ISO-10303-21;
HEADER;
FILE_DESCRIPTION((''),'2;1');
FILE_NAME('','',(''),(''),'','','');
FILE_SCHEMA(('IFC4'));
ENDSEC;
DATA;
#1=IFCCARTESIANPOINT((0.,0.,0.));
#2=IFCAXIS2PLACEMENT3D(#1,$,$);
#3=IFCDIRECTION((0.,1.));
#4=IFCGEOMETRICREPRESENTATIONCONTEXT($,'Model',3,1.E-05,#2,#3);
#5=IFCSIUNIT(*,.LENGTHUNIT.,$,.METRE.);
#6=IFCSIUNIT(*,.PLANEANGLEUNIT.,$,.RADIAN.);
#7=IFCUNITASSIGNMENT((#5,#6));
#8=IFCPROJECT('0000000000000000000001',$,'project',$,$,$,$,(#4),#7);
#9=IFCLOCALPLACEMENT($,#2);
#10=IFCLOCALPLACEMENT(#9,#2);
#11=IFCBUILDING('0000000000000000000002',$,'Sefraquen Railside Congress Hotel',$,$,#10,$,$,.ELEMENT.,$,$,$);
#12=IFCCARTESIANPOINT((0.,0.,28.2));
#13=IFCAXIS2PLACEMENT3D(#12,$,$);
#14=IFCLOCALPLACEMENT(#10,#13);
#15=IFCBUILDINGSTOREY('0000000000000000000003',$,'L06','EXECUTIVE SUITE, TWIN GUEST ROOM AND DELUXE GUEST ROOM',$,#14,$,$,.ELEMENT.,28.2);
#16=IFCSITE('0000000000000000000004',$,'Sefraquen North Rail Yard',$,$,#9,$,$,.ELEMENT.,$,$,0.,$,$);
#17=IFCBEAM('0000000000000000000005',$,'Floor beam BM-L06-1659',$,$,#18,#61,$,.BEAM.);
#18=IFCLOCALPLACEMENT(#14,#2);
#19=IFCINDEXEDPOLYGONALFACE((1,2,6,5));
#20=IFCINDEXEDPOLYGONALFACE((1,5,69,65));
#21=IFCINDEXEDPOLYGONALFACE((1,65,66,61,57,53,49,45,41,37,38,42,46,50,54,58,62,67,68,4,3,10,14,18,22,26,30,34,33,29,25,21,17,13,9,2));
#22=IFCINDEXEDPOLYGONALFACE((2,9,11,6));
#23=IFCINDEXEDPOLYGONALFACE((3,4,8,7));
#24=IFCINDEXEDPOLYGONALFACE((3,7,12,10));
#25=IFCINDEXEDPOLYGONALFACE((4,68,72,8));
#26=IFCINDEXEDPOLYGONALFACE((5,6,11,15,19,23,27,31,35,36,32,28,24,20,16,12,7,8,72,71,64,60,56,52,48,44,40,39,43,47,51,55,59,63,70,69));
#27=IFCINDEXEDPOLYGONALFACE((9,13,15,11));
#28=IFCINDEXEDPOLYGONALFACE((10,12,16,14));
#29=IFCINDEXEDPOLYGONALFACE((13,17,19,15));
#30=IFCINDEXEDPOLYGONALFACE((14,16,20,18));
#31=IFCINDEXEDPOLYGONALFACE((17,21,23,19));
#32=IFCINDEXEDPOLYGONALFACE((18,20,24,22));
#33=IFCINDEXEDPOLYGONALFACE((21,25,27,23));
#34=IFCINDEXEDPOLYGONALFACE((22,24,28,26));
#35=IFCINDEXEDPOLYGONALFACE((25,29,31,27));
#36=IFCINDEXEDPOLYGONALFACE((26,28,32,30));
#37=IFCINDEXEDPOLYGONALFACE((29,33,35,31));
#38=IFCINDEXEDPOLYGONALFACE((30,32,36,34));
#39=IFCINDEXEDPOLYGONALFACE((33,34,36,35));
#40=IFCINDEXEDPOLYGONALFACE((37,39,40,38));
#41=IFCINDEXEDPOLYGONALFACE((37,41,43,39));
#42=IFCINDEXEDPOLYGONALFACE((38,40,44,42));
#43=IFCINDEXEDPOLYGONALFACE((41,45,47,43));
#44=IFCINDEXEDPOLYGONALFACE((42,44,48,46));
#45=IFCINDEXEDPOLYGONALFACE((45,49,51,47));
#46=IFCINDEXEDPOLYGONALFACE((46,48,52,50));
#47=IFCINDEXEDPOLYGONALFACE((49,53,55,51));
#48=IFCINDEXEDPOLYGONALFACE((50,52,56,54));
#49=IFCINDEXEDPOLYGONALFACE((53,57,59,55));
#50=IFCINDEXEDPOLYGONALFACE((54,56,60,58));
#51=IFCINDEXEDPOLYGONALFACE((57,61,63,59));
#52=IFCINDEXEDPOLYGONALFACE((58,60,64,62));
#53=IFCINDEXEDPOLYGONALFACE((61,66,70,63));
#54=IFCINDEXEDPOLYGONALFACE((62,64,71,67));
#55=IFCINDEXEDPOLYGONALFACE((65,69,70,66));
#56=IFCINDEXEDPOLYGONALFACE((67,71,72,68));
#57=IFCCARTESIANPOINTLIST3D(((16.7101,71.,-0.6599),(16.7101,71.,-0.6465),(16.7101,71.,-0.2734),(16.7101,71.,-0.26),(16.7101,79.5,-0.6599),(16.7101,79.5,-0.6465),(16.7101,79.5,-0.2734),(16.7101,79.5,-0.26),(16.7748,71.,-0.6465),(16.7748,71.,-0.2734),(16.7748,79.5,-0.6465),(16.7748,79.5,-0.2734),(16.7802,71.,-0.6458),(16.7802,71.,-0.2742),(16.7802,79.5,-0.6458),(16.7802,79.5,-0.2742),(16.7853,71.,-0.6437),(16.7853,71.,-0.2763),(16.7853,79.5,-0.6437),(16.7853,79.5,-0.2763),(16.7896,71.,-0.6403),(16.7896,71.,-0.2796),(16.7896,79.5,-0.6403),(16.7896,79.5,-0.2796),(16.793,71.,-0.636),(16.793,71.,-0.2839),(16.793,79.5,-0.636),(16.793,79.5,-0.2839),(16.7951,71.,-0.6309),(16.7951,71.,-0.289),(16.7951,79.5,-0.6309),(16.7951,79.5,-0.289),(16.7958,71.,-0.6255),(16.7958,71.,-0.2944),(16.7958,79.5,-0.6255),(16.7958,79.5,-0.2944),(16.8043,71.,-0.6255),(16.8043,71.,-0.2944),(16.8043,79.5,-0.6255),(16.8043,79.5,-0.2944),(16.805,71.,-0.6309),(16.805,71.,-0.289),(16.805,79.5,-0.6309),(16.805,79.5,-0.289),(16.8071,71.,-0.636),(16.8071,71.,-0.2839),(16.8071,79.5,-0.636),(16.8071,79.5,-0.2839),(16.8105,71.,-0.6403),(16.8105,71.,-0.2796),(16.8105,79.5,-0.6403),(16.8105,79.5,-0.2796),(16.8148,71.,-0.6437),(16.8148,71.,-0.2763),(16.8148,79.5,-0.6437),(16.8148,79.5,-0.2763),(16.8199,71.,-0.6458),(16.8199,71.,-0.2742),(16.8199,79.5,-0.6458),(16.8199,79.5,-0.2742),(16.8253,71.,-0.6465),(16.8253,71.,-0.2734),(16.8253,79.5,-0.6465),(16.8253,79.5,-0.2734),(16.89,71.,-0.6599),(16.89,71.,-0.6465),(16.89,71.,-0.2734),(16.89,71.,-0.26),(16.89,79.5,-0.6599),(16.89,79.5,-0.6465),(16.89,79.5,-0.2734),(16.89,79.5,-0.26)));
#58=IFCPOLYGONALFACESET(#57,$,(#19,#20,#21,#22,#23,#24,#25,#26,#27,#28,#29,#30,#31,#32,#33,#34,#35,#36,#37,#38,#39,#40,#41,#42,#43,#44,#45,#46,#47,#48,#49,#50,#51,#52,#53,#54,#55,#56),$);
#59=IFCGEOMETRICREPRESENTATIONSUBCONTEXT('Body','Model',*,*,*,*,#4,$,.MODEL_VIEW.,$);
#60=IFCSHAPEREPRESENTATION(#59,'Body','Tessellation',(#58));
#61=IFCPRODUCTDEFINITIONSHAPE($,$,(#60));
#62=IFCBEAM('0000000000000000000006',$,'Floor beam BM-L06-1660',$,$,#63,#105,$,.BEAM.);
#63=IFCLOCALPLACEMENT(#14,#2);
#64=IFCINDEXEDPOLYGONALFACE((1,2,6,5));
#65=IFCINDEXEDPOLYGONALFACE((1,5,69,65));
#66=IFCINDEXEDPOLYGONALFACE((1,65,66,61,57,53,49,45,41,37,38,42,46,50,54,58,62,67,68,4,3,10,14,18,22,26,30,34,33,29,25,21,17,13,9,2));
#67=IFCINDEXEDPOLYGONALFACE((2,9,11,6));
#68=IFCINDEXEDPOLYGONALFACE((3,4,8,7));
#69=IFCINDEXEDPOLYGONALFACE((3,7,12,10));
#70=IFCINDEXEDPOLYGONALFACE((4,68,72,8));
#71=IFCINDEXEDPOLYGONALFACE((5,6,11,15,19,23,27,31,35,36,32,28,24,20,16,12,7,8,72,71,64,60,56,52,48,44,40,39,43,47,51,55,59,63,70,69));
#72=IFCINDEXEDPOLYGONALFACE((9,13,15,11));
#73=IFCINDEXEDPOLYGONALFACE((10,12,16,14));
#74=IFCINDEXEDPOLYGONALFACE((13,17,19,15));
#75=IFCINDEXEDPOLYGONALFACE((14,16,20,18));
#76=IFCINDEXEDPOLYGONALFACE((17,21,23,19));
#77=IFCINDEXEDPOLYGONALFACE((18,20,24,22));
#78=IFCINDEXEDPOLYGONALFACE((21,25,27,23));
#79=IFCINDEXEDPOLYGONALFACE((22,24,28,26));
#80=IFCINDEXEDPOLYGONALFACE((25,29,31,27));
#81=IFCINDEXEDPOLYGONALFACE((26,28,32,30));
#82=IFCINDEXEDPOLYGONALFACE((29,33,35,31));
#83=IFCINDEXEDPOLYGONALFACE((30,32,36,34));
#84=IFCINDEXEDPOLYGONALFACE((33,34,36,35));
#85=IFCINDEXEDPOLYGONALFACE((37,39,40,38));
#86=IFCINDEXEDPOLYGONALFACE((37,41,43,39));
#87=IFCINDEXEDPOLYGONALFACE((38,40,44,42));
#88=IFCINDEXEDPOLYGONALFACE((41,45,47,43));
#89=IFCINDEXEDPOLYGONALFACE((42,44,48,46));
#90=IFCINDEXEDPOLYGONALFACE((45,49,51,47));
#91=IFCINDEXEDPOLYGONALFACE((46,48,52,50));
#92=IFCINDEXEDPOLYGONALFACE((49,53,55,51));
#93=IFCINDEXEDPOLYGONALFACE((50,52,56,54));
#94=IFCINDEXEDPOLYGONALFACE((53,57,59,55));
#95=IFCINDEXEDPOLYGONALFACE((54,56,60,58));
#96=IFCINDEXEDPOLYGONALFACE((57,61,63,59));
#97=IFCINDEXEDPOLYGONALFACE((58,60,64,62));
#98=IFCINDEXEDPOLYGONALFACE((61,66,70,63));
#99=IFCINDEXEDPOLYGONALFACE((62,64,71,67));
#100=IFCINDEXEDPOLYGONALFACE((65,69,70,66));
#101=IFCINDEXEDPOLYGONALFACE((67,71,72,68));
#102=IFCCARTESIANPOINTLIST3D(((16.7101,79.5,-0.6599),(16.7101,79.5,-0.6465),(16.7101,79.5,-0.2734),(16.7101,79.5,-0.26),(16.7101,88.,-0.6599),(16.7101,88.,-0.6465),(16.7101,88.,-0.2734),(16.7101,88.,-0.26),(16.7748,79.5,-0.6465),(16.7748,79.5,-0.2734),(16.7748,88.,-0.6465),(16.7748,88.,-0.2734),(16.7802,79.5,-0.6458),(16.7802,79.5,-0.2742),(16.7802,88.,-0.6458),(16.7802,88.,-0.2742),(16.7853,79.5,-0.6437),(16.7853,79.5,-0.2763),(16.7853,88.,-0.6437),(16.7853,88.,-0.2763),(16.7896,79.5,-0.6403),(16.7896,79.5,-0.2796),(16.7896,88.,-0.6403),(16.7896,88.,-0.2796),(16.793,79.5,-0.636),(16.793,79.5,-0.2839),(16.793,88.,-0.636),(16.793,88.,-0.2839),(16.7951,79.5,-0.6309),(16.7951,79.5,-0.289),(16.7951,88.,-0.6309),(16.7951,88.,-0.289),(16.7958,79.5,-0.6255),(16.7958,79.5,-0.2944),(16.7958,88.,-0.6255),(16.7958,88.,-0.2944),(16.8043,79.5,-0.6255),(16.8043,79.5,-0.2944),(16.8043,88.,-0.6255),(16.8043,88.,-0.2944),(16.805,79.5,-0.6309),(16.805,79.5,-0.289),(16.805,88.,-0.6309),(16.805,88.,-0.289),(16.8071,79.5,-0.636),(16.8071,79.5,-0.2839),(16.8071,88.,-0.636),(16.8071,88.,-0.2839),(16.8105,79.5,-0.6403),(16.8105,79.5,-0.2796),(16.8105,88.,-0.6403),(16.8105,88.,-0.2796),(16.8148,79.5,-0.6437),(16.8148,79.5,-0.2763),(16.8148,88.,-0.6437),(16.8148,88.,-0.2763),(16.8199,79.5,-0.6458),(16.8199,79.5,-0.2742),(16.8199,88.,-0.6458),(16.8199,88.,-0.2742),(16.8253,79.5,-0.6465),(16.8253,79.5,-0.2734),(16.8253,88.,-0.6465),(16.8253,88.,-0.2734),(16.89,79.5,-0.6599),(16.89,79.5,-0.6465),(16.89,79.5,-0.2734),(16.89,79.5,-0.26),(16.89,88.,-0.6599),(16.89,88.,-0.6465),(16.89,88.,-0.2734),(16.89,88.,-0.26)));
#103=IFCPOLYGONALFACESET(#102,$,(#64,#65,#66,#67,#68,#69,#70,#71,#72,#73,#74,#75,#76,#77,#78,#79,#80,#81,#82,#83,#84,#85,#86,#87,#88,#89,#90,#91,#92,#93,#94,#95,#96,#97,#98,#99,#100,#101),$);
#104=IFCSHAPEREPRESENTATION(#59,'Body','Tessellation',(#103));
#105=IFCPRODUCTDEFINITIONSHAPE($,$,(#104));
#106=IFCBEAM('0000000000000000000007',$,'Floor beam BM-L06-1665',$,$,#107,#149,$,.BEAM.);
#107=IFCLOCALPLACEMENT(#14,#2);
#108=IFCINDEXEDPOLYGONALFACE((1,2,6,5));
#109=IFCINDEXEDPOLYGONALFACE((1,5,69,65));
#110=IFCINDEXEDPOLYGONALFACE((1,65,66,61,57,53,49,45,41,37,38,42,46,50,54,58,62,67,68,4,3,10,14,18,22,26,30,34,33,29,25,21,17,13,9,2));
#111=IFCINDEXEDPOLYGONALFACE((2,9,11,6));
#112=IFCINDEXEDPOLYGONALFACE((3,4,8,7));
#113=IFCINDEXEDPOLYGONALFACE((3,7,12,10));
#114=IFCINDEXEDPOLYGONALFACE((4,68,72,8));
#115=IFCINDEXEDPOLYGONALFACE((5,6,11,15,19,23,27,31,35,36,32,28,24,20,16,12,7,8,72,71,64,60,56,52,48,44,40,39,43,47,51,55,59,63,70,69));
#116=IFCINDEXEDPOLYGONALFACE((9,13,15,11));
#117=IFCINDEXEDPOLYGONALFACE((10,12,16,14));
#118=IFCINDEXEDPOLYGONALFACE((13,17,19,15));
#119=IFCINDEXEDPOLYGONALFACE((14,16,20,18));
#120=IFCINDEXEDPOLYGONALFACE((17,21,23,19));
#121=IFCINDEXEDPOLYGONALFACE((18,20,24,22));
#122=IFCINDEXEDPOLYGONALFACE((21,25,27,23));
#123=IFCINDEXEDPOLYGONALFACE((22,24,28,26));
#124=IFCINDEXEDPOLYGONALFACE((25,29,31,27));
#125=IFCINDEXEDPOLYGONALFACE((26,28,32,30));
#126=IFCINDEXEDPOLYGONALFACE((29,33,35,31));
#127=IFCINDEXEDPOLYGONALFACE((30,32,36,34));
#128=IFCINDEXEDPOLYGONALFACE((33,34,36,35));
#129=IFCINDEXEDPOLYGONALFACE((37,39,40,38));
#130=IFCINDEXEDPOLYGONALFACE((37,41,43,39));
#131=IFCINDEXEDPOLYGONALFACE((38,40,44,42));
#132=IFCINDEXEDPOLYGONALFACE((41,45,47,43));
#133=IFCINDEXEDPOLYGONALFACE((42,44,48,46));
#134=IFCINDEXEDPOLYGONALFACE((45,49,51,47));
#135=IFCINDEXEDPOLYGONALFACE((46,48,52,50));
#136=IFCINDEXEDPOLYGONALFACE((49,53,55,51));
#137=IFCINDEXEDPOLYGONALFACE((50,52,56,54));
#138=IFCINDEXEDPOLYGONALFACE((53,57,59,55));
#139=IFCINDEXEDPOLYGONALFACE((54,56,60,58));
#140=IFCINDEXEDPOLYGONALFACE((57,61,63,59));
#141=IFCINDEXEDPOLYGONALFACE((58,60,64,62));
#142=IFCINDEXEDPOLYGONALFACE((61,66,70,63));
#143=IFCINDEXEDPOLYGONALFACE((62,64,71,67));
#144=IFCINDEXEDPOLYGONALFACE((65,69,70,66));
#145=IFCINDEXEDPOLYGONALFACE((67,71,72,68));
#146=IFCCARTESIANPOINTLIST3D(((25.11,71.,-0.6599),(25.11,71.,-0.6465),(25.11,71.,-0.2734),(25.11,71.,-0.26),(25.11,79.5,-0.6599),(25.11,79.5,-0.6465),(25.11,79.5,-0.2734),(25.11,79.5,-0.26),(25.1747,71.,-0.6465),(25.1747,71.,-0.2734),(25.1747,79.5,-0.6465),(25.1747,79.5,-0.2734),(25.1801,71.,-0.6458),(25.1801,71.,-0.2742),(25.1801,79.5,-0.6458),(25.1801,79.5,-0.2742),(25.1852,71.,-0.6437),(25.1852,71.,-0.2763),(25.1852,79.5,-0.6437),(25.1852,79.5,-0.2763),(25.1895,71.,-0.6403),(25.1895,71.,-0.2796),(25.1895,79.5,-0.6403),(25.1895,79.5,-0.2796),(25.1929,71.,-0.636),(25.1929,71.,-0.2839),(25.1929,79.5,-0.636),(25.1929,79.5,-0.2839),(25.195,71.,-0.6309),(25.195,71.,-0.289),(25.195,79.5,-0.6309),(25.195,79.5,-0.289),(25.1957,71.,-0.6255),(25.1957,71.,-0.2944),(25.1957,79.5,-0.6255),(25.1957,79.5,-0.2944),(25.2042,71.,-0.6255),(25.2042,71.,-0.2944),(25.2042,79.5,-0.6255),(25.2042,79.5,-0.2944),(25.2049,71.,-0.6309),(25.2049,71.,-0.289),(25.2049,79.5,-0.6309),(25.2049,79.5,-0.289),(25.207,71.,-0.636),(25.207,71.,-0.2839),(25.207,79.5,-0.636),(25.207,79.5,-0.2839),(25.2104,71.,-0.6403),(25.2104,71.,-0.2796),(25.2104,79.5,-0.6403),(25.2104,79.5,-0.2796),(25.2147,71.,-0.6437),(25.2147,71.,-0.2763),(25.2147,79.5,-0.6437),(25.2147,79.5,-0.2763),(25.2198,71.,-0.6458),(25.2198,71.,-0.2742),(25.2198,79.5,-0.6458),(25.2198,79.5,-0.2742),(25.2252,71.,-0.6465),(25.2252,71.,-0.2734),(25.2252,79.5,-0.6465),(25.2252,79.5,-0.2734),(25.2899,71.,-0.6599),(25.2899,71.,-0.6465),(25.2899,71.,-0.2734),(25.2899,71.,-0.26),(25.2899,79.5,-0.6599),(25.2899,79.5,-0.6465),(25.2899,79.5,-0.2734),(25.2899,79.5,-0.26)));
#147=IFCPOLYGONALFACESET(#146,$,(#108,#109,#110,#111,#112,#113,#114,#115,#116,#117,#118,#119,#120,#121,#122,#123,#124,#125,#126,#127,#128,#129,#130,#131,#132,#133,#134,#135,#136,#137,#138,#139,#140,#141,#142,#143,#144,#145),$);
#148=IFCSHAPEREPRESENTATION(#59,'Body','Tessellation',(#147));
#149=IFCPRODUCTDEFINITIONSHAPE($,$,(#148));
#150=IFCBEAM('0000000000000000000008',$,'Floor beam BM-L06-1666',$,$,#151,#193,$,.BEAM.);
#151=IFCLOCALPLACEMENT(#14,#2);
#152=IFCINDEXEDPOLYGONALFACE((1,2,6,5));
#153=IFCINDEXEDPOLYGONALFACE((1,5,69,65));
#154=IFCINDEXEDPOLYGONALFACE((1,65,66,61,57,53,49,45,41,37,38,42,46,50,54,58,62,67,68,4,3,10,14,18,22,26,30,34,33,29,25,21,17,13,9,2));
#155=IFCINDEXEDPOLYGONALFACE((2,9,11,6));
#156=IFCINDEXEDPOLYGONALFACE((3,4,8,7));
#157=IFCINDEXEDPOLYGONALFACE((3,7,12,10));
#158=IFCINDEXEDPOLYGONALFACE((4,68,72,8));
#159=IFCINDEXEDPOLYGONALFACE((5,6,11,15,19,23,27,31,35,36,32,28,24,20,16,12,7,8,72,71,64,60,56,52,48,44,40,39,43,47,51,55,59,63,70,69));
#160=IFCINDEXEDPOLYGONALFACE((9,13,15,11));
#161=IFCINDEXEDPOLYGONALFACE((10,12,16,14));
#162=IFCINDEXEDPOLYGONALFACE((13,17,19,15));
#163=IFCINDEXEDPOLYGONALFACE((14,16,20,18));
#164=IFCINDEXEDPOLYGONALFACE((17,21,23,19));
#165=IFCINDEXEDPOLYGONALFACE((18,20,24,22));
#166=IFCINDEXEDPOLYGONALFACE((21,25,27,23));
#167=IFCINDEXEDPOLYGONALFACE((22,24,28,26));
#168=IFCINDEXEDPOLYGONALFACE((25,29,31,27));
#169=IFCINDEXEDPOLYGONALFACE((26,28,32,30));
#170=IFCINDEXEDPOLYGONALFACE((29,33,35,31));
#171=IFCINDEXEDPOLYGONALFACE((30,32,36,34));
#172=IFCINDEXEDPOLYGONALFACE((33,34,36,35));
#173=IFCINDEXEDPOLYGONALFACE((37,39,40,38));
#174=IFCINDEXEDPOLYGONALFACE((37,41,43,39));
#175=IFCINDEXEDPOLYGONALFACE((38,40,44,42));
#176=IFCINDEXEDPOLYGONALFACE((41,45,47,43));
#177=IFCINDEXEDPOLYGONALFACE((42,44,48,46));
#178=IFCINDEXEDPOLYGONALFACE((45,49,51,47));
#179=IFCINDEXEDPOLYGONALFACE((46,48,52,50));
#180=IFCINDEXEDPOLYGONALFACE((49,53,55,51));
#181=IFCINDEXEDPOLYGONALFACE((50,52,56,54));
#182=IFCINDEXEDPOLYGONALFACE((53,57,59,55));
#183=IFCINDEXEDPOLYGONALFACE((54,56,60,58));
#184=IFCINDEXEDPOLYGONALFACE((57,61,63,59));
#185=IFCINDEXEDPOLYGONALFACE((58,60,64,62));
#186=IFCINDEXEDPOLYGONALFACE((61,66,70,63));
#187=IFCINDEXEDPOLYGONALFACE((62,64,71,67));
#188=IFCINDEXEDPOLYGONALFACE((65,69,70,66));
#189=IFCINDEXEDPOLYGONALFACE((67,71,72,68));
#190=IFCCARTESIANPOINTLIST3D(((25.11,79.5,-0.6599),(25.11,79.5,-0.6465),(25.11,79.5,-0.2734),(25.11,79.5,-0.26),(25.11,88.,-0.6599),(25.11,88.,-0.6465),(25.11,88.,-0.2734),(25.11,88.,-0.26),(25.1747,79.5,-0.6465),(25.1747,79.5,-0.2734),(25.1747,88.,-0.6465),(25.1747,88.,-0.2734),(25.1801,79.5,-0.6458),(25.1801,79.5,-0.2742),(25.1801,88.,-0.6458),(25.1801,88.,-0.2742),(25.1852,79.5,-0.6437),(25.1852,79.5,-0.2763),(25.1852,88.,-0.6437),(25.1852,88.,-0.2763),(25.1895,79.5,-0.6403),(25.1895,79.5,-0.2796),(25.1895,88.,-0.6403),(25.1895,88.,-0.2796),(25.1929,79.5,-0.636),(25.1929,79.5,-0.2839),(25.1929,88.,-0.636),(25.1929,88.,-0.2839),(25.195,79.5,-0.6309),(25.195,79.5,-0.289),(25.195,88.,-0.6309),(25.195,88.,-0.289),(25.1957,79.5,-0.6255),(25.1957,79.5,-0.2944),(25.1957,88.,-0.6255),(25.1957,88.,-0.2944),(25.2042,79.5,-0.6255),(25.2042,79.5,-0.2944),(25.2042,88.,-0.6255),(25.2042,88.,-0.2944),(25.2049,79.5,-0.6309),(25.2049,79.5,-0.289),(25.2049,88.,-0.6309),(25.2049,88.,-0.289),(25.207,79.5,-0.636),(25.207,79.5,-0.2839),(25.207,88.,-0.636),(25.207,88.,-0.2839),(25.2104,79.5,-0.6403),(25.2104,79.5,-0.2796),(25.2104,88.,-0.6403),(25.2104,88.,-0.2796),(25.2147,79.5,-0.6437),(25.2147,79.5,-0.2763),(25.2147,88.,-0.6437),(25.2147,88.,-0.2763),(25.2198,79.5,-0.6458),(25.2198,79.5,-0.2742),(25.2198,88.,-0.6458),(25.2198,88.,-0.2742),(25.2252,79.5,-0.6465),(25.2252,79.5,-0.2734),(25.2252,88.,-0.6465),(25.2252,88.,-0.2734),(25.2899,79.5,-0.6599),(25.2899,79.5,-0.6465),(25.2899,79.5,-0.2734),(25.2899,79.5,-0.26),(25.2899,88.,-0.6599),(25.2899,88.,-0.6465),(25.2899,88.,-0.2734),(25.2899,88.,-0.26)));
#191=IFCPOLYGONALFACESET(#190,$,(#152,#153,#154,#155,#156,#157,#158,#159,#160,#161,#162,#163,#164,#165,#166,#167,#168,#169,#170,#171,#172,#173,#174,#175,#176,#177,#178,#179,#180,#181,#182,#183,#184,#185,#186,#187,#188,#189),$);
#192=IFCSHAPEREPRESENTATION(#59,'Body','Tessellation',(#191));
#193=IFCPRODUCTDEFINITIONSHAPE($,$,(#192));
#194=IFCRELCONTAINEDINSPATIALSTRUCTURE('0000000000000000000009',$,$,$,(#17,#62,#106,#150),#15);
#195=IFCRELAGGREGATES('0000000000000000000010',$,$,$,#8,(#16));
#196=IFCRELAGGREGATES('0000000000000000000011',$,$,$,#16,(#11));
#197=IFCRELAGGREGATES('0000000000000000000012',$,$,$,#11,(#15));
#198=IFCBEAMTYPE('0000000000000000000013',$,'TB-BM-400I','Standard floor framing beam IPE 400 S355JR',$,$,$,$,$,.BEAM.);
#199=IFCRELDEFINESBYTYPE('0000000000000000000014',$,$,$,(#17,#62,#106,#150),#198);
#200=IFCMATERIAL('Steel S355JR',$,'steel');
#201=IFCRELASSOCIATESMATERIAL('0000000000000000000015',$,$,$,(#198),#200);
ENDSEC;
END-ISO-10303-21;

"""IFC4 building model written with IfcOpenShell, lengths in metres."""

from ifc_helpers import new_model, si_unit, direction, frame, origin, origin_2d, place, context, subcontext, project, spatial, i_section, extrude, material, material_profile, profile_set, type_object, element, save


model = new_model("IFC4")

# Units and contexts
model_context = context("Model", 3, precision=1e-05, world=origin(), true_north=direction((0.0, 1.0)))
body_context = subcontext(model_context, "Body", "Model", "MODEL_VIEW")
ifc_project = project(units=[si_unit("LENGTHUNIT", "METRE"), si_unit("PLANEANGLEUNIT", "RADIAN")], contexts=[model_context])

# Site, building, storey
site_placement = place(None, origin())
site = spatial("IfcSite", under=ifc_project, at=site_placement, Name="Sefraquen North Rail Yard", CompositionType="ELEMENT", RefElevation=0.0)
building_placement = place(site_placement, origin())
building = spatial("IfcBuilding", under=site, at=building_placement, Name="Sefraquen Railside Congress Hotel", CompositionType="ELEMENT")
storey_placement = place(building_placement, frame((0.0, 0.0, 28.2)))
storey = spatial("IfcBuildingStorey", under=building, at=storey_placement, Name="L06", Description="EXECUTIVE SUITE, TWIN GUEST ROOM AND DELUXE GUEST ROOM", CompositionType="ELEMENT", Elevation=28.2)

# Shared definitions
ifc_material_1 = material(Name="Steel S355JR", Category="steel")

# Beams
ifc_material_profile_1 = material_profile(ifc_material_1, i_section(OverallWidth=0.1799, OverallDepth=0.3999, WebThickness=0.0085, FlangeThickness=0.0134, FilletRadius=0.021, at=origin_2d()), Name="IPE 400")
ifc_profile_set_1 = profile_set([ifc_material_profile_1], Name="Steel S355JR")
beam_type_1 = type_object("IfcBeamType", Name="TB-BM-400I", Description="Standard floor framing beam IPE 400 S355JR", PredefinedType="BEAM", material=ifc_profile_set_1)
for number, where, z_axis, x_axis, name in (
    (1, (16.8, 71.0, -0.46), (0.0, 1.0, 0.0), (-1.0, 0.0, 0.0), "Floor beam BM-L06-1659"),
    (2, (16.8, 79.5, -0.46), (0.0, 1.0, 0.0), (-1.0, 0.0, 0.0), "Floor beam BM-L06-1660"),
    (3, (25.2, 71.0, -0.46), (0.0, 1.0, 0.0), (-1.0, 0.0, 0.0), "Floor beam BM-L06-1665"),
    (4, (25.2, 79.5, -0.46), (0.0, 1.0, 0.0), (-1.0, 0.0, 0.0), "Floor beam BM-L06-1666"),
):
    element("IfcBeam", number, at=place(storey_placement, frame(where, z_axis=z_axis, x_axis=x_axis)), inside=storey, type_object=beam_type_1, Name=name, PredefinedType="BEAM", context=body_context, shape_type="SweptSolid", body=[
        extrude(i_section(OverallWidth=0.1799, OverallDepth=0.3999, WebThickness=0.0085, FlangeThickness=0.0134, FilletRadius=0.021, at=origin_2d()), origin(), (0.0, 0.0, 1.0), 8.5),
    ])

save(model, "model.ifc")
